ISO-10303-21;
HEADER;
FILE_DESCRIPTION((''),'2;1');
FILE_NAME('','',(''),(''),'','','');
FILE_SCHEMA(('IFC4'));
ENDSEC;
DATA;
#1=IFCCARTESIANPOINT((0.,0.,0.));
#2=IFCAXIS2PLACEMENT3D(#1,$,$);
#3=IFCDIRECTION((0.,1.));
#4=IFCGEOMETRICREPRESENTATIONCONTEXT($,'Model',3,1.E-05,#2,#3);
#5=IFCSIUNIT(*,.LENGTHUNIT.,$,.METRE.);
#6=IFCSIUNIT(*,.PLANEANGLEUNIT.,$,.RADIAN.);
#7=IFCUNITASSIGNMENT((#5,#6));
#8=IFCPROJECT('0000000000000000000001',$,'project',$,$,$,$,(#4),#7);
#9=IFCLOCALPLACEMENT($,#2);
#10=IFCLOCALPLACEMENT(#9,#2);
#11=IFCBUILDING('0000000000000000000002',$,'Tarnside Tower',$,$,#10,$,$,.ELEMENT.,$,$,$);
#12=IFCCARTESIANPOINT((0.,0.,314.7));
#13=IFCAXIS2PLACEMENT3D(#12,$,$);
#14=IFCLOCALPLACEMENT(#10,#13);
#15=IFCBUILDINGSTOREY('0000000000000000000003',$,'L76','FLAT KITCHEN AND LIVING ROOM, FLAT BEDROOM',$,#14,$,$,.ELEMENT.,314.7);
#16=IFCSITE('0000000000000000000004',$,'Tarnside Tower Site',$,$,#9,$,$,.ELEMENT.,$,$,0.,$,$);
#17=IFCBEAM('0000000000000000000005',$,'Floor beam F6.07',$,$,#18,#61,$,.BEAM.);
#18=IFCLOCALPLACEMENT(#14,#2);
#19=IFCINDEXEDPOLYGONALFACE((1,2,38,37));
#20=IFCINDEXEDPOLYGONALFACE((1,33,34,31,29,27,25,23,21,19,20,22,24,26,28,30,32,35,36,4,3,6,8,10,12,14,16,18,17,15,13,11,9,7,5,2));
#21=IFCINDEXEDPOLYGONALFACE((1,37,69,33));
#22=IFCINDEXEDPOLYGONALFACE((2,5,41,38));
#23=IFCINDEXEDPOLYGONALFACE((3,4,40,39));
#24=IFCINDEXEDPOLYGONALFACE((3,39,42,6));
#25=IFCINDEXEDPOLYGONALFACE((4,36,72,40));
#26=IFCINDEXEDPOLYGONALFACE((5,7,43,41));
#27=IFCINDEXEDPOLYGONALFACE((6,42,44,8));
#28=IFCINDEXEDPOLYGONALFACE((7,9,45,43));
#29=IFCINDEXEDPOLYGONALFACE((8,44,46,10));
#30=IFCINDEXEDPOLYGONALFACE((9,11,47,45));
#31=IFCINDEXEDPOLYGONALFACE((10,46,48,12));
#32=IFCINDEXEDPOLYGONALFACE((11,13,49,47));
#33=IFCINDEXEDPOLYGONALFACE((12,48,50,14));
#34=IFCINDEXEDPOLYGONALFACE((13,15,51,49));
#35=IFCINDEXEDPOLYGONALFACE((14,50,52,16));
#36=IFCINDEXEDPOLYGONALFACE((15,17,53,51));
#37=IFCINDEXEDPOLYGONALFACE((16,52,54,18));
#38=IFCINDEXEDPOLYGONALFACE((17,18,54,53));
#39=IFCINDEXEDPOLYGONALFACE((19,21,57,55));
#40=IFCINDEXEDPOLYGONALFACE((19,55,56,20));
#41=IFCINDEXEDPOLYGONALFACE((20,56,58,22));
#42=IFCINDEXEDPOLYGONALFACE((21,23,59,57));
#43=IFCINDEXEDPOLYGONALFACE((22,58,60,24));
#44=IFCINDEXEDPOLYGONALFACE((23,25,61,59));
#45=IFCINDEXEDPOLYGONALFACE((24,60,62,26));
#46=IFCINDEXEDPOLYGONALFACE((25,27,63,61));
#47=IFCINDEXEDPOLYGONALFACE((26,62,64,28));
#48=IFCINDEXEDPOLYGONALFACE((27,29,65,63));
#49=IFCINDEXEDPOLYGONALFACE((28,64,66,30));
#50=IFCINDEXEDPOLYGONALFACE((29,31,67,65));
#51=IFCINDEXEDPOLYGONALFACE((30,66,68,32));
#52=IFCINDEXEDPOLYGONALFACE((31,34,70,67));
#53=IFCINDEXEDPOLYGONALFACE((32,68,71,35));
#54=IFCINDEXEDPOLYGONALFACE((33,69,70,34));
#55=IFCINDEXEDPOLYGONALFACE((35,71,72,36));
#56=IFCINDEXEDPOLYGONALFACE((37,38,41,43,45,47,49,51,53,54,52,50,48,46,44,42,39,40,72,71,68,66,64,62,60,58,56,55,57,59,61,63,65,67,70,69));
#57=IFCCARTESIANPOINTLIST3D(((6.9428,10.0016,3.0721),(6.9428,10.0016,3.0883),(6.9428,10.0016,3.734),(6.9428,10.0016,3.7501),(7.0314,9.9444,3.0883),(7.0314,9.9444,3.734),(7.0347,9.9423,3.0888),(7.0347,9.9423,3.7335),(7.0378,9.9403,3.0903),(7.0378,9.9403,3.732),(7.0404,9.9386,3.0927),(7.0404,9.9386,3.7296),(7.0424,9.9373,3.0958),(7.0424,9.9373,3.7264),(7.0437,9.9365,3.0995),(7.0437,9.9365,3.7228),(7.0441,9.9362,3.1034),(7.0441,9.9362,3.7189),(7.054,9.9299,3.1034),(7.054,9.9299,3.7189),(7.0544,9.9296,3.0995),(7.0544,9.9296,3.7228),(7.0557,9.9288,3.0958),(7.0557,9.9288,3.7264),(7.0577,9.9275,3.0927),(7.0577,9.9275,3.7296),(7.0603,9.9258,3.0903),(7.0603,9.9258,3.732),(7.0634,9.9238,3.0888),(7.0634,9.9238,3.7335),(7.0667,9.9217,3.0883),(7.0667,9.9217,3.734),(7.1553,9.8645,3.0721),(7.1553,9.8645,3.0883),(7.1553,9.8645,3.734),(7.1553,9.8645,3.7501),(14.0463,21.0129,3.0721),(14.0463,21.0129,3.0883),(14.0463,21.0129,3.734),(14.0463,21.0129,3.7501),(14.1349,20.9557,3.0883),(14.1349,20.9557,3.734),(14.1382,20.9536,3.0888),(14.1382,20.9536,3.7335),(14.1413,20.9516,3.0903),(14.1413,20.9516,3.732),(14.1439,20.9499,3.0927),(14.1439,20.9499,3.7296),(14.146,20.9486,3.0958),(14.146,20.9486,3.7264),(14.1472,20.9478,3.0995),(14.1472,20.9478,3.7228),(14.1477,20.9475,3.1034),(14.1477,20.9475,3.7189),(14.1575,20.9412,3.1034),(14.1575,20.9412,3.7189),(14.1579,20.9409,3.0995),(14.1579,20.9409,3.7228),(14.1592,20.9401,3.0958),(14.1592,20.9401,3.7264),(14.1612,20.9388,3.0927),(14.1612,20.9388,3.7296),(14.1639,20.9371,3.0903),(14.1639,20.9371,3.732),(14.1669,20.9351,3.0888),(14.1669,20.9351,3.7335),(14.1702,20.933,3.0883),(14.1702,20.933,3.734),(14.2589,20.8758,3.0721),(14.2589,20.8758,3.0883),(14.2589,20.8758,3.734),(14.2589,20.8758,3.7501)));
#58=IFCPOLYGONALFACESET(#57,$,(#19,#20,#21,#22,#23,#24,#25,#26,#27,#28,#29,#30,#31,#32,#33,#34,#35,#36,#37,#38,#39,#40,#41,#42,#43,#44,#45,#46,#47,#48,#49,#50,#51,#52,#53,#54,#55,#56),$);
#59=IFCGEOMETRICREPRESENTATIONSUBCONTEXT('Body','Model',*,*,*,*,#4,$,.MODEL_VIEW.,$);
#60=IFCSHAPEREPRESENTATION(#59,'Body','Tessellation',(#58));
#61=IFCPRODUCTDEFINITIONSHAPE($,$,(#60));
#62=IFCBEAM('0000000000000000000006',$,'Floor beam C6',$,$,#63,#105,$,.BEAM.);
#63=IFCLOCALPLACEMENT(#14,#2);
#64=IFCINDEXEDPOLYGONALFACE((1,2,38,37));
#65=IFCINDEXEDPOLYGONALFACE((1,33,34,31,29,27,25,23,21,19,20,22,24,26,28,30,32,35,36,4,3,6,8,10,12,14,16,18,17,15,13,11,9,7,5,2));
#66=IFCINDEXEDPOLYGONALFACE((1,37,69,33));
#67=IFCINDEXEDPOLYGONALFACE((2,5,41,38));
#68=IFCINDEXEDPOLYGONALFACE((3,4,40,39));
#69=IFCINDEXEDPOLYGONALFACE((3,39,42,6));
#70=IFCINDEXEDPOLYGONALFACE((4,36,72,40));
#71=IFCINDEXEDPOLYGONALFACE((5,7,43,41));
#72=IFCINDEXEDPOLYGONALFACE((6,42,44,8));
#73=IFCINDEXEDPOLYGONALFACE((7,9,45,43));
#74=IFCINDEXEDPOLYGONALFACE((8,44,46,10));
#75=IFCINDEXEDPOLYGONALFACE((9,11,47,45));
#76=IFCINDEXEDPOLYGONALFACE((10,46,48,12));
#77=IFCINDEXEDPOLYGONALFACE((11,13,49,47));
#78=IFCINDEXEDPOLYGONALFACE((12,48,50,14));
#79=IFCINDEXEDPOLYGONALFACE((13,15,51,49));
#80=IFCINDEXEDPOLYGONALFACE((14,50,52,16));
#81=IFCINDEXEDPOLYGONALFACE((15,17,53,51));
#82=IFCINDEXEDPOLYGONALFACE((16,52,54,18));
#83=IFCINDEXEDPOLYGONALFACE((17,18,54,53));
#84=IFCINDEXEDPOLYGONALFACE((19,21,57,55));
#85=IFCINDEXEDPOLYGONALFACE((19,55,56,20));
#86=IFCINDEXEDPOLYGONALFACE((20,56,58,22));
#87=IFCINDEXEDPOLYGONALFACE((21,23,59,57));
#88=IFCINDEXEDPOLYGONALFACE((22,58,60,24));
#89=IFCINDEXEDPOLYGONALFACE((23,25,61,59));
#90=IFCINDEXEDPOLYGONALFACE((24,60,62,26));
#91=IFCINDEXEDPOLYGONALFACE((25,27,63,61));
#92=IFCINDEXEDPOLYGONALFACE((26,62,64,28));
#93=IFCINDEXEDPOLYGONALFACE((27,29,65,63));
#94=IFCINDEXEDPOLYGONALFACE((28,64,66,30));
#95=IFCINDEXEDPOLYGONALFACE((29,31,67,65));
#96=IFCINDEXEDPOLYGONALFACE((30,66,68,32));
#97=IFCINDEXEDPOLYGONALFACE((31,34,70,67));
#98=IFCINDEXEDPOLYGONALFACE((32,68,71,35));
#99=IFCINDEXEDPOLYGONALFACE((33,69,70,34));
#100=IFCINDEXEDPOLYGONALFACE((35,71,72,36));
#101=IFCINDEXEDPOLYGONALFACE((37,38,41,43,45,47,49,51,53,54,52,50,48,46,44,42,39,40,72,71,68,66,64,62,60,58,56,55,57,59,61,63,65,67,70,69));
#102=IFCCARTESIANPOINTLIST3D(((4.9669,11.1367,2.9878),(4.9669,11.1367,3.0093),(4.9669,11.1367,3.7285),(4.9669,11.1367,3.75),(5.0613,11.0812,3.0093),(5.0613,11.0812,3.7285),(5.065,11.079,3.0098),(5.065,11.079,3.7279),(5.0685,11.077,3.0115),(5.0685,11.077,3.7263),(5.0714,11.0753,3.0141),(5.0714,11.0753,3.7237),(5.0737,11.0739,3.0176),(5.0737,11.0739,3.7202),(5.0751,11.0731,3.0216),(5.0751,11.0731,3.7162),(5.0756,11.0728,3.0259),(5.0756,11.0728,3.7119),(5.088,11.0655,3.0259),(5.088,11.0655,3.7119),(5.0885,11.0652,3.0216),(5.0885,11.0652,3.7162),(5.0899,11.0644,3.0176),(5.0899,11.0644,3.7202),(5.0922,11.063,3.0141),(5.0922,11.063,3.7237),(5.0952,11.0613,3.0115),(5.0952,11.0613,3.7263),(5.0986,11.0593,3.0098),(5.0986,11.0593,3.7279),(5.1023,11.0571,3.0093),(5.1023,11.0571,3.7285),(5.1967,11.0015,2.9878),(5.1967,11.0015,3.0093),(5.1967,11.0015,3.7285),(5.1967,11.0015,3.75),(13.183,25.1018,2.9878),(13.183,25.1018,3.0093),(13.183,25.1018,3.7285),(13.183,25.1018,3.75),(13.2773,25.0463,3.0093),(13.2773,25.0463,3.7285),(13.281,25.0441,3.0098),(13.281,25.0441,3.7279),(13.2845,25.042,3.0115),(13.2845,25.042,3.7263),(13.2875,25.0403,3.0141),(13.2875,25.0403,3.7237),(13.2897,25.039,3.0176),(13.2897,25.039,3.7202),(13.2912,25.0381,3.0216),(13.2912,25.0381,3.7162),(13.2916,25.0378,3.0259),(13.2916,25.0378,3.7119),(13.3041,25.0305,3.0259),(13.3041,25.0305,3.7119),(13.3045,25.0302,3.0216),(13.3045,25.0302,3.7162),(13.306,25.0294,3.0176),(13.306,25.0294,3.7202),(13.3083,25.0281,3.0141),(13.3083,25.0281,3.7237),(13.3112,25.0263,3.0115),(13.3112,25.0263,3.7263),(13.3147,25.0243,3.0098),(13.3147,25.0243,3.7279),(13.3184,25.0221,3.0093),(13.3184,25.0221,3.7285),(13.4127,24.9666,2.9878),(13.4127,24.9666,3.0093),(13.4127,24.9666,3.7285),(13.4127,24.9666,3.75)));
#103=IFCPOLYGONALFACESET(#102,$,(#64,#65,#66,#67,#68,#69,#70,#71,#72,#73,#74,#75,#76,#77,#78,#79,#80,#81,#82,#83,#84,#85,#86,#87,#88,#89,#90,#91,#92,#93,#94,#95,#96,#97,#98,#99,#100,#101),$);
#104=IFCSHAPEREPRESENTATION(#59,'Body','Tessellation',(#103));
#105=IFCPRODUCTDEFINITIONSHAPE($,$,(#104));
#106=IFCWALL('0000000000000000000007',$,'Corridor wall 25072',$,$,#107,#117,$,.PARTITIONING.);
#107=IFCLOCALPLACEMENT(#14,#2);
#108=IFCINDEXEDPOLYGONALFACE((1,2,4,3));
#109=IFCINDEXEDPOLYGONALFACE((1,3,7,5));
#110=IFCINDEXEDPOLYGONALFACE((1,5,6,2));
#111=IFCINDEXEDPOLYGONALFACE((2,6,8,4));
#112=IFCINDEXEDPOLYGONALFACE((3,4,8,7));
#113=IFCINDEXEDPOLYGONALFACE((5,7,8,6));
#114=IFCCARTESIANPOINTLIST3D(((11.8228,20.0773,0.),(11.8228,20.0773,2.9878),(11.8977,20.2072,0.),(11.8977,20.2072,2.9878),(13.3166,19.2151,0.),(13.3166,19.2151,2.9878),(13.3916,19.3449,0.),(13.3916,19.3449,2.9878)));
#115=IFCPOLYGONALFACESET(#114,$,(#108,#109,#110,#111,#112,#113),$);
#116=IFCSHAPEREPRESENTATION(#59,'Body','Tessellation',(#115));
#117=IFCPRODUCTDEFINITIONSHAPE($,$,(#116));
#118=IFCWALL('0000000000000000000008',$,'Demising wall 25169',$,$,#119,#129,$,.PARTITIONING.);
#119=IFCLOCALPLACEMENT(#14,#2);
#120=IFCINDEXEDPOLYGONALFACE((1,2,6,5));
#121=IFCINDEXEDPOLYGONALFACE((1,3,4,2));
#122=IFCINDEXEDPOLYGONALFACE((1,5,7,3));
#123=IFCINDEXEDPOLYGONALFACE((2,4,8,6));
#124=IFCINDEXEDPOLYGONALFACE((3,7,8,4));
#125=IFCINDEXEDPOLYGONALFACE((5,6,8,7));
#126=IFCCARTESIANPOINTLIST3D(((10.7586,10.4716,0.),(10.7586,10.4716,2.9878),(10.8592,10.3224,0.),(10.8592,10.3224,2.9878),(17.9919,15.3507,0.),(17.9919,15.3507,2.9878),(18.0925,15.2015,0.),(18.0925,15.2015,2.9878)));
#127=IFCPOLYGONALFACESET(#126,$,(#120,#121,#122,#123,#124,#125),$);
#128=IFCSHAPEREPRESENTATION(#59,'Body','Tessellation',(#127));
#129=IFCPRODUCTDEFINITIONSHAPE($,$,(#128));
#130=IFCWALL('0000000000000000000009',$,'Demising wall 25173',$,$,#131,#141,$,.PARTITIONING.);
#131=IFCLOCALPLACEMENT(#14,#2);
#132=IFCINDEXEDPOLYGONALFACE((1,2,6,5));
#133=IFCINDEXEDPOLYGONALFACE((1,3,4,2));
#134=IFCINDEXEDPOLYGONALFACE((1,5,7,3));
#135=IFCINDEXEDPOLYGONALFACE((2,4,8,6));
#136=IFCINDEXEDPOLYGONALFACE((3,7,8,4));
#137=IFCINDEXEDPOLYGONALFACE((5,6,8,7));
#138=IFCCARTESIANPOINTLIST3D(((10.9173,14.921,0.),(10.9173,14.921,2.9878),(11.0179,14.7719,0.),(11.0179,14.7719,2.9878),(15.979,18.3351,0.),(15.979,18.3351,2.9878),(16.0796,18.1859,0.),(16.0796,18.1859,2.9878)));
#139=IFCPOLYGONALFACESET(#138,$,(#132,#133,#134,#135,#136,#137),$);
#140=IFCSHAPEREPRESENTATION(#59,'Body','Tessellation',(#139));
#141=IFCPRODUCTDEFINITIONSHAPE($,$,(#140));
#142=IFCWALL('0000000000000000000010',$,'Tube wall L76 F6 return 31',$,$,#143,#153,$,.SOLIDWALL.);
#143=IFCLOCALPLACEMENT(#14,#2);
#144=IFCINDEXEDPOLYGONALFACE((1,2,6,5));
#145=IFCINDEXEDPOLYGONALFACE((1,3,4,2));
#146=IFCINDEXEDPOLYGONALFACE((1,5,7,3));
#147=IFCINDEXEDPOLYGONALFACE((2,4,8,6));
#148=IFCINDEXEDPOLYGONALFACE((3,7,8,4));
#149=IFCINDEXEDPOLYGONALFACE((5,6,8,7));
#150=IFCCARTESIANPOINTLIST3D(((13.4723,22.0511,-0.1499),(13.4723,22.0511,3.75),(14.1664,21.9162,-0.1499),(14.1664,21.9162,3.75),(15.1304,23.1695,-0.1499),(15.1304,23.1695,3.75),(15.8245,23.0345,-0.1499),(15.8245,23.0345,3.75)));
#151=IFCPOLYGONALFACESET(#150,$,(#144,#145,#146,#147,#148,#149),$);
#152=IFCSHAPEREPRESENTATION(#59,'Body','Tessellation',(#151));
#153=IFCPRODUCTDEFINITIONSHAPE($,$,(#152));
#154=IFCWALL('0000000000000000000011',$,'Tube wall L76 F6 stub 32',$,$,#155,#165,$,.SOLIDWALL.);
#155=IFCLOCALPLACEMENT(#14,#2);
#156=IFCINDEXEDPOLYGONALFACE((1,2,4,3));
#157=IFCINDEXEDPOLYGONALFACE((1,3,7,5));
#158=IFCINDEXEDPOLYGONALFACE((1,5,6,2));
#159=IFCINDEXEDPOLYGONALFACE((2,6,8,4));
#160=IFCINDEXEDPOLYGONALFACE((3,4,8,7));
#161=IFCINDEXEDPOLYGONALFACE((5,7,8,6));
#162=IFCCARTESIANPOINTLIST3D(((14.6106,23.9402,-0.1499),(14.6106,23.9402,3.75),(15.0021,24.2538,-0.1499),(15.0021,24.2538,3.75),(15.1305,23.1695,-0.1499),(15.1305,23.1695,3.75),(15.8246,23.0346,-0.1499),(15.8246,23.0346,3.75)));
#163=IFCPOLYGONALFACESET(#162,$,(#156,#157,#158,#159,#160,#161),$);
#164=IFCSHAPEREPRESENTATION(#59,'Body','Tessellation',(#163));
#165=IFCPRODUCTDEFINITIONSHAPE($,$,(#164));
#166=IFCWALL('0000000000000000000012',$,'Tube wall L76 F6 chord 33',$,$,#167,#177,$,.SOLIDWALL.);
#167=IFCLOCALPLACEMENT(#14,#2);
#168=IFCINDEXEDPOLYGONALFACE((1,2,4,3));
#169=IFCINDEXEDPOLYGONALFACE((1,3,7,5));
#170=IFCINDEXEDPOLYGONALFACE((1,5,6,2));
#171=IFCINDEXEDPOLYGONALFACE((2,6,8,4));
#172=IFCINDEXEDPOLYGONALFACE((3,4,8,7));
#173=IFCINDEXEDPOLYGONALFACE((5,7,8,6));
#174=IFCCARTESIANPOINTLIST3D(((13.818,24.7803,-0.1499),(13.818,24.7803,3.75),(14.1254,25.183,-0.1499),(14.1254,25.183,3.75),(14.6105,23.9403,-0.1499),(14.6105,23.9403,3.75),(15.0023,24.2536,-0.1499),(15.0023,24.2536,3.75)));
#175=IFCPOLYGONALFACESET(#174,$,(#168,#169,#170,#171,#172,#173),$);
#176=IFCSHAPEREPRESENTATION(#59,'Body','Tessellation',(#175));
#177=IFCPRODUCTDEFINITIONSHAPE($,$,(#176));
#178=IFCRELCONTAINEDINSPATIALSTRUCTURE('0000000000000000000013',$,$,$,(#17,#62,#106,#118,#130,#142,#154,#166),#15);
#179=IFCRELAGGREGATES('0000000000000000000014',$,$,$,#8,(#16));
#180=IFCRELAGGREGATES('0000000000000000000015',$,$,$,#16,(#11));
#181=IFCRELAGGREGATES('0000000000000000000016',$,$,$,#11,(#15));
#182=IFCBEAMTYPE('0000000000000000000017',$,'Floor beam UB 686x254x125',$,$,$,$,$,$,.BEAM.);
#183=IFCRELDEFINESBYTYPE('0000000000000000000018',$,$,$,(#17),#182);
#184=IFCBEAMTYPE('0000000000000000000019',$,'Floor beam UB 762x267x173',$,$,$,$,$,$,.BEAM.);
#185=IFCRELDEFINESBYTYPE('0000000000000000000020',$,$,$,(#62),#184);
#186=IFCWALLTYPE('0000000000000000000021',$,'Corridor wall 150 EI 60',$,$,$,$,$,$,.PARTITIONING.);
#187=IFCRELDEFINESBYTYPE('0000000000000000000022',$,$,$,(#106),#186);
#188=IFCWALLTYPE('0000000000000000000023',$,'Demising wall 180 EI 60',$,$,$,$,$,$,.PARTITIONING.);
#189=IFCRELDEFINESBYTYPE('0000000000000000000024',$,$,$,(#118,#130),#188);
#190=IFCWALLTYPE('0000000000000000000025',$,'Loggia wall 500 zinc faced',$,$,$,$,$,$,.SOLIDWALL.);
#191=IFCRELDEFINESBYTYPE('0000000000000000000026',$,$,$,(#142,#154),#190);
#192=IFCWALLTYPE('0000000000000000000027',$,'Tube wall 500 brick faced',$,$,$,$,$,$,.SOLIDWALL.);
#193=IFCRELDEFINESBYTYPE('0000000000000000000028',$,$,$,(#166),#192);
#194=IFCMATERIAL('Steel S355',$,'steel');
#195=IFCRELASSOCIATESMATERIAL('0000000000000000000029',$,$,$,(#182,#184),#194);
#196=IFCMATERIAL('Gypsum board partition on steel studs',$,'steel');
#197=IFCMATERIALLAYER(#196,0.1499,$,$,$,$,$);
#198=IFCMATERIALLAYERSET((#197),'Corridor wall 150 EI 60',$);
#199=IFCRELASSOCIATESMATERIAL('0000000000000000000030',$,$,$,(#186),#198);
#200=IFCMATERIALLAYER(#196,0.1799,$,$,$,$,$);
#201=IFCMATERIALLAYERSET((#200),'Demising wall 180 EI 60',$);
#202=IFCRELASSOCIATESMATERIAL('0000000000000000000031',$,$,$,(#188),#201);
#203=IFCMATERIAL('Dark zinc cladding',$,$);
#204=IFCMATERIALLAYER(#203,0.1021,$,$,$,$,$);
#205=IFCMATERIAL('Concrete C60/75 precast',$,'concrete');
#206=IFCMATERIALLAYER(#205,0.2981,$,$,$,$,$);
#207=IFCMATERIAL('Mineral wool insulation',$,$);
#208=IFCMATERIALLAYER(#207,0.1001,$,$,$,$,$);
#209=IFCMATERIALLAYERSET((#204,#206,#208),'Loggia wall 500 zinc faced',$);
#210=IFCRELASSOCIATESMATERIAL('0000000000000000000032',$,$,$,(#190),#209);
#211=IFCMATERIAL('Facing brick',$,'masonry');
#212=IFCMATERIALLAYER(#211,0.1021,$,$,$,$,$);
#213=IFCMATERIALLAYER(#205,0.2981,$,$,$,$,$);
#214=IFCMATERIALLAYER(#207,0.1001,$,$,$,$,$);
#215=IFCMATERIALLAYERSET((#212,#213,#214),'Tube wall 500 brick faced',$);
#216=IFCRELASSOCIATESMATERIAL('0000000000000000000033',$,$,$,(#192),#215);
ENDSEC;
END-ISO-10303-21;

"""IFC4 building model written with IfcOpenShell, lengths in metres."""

from ifc_helpers import new_model, si_unit, direction, frame, frame_2d, origin, origin_2d, place, context, subcontext, project, spatial, polyline, rectangle, i_section, outline, extrude, material, layer, layer_set, material_profile, profile_set, type_object, element, save


model = new_model("IFC4")

# Units and contexts
model_context = context("Model", 3, precision=1e-05, world=origin(), true_north=direction((0.0, 1.0)))
body_context = subcontext(model_context, "Body", "Model", "MODEL_VIEW")
ifc_project = project(units=[si_unit("LENGTHUNIT", "METRE"), si_unit("PLANEANGLEUNIT", "RADIAN")], contexts=[model_context])

# Site, building, storey
site_placement = place(None, origin())
site = spatial("IfcSite", under=ifc_project, at=site_placement, Name="Tarnside Tower Site", CompositionType="ELEMENT", RefElevation=0.0)
building_placement = place(site_placement, origin())
building = spatial("IfcBuilding", under=site, at=building_placement, Name="Tarnside Tower", CompositionType="ELEMENT")
storey_placement = place(building_placement, frame((0.0, 0.0, 314.7)))
storey = spatial("IfcBuildingStorey", under=building, at=storey_placement, Name="L76", Description="FLAT KITCHEN AND LIVING ROOM, FLAT BEDROOM", CompositionType="ELEMENT", Elevation=314.7)

# Beams
ifc_material_1 = material(Name="Steel S355", Category="steel")
ifc_material_profile_1 = material_profile(ifc_material_1, i_section(OverallWidth=0.2529, OverallDepth=0.678, WebThickness=0.0117, FlangeThickness=0.0161, FilletRadius=0.0151, at=origin_2d()), Name="UB 686x254x125")
ifc_profile_set_1 = profile_set([ifc_material_profile_1], Name="Steel S355")
beam_type_1 = type_object("IfcBeamType", Name="Floor beam UB 686x254x125", PredefinedType="BEAM", material=ifc_profile_set_1)
beam_1_placement = place(storey_placement, frame((14.1526, 20.9443, 3.4111), z_axis=(-0.5421, -0.840314, 0.0), x_axis=(0.840314, -0.5421, 0.0)))
element("IfcBeam", 1, at=beam_1_placement, inside=storey, type_object=beam_type_1, Name="Floor beam F6.07", PredefinedType="BEAM", context=body_context, shape_type="SweptSolid", body=[
    extrude(i_section(OverallWidth=0.2529, OverallDepth=0.678, WebThickness=0.0117, FlangeThickness=0.0161, FilletRadius=0.0151, at=origin_2d()), origin(), (0.0, 0.0, 1.0), 13.1038),
])
ifc_material_profile_2 = material_profile(ifc_material_1, i_section(OverallWidth=0.2666, OverallDepth=0.7622, WebThickness=0.0144, FlangeThickness=0.0215, FilletRadius=0.0166, at=origin_2d()), Name="UB 762x267x173")
ifc_profile_set_2 = profile_set([ifc_material_profile_2], Name="Steel S355")
beam_type_2 = type_object("IfcBeamType", Name="Floor beam UB 762x267x173", PredefinedType="BEAM", material=ifc_profile_set_2)
beam_2_placement = place(storey_placement, frame((13.2979, 25.0342, 3.3689), z_axis=(-0.50708, -0.861899, 0.0), x_axis=(0.861899, -0.50708, 0.0)))
element("IfcBeam", 2, at=beam_2_placement, inside=storey, type_object=beam_type_2, Name="Floor beam C6", PredefinedType="BEAM", context=body_context, shape_type="SweptSolid", body=[
    extrude(i_section(OverallWidth=0.2666, OverallDepth=0.7622, WebThickness=0.0144, FlangeThickness=0.0215, FilletRadius=0.0166, at=origin_2d()), origin(), (0.0, 0.0, 1.0), 16.2026),
])

# Walls
ifc_material_2 = material(Name="Gypsum board partition on steel studs", Category="steel")
ifc_layer_1 = layer(ifc_material_2, 0.1499)
ifc_layer_set_1 = layer_set([ifc_layer_1], Name="Corridor wall 150 EI 60")
wall_type_1 = type_object("IfcWallType", Name="Corridor wall 150 EI 60", PredefinedType="PARTITIONING", material=ifc_layer_set_1)
wall_1_placement = place(storey_placement, frame((13.354, 19.28, 0.0), z_axis=(0.0, 0.0, 1.0), x_axis=(-0.866075, 0.499914, 0.0)))
element("IfcWall", 3, at=wall_1_placement, inside=storey, type_object=wall_type_1, Name="Corridor wall 25072", PredefinedType="PARTITIONING", context=body_context, shape_type="SweptSolid", body=[
    extrude(rectangle(XDim=1.7249, YDim=0.1499, at=frame_2d((0.8623, 0.0))), origin(), (0.0, 0.0, 1.0), 2.9878),
])
ifc_layer_2 = layer(ifc_material_2, 0.1799)
ifc_layer_set_2 = layer_set([ifc_layer_2], Name="Demising wall 180 EI 60")
wall_type_2 = type_object("IfcWallType", Name="Demising wall 180 EI 60", PredefinedType="PARTITIONING", material=ifc_layer_set_2)
wall_2_placement = place(storey_placement, frame((18.0422, 15.2761, 0.0), z_axis=(0.0, 0.0, 1.0), x_axis=(-0.829029, -0.559206, 0.0)))
element("IfcWall", 4, at=wall_2_placement, inside=storey, type_object=wall_type_2, Name="Demising wall 25169", PredefinedType="PARTITIONING", context=body_context, shape_type="SweptSolid", body=[
    extrude(rectangle(XDim=8.7251, YDim=0.1799, at=frame_2d((4.3625, 0.0))), origin(), (0.0, 0.0, 1.0), 2.9878),
])
wall_3_placement = place(storey_placement, frame((16.0293, 18.2605, 0.0), z_axis=(0.0, 0.0, 1.0), x_axis=(-0.829048, -0.559177, 0.0)))
element("IfcWall", 5, at=wall_3_placement, inside=storey, type_object=wall_type_2, Name="Demising wall 25173", PredefinedType="PARTITIONING", context=body_context, shape_type="SweptSolid", body=[
    extrude(rectangle(XDim=6.1055, YDim=0.1799, at=frame_2d((3.0527, 0.0))), origin(), (0.0, 0.0, 1.0), 2.9878),
])
ifc_material_3 = material(Name="Dark zinc cladding")
ifc_layer_3 = layer(ifc_material_3, 0.1021)
ifc_material_4 = material(Name="Concrete C60/75 precast", Category="concrete")
ifc_layer_4 = layer(ifc_material_4, 0.2981)
ifc_material_5 = material(Name="Mineral wool insulation")
ifc_layer_5 = layer(ifc_material_5, 0.1001)
ifc_layer_set_3 = layer_set([ifc_layer_3, ifc_layer_4, ifc_layer_5], Name="Loggia wall 500 zinc faced")
wall_type_3 = type_object("IfcWallType", Name="Loggia wall 500 zinc faced", PredefinedType="SOLIDWALL", material=ifc_layer_set_3)
wall_4_placement = place(storey_placement, frame((13.8193, 21.9836, -0.1499), z_axis=(0.0, 0.0, 1.0), x_axis=(0.829052, 0.559171, 0.0)))
element("IfcWall", 6, at=wall_4_placement, inside=storey, type_object=wall_type_3, Name="Tube wall L76 F6 return 31", PredefinedType="SOLIDWALL", context=body_context, shape_type="SweptSolid", body=[
    extrude(outline(polyline([(0.25, -0.25), (2.25, -0.25), (1.75, 0.25), (-0.25, 0.25), (0.25, -0.25)])), origin(), (0.0, 0.0, 1.0), 3.8999),
])
wall_5_placement = place(storey_placement, frame((15.4775, 23.1021, -0.1499), z_axis=(0.0, 0.0, 1.0), x_axis=(-0.559246, 0.829002, 0.0)))
element("IfcWall", 7, at=wall_5_placement, inside=storey, type_object=wall_type_3, Name="Tube wall L76 F6 stub 32", PredefinedType="SOLIDWALL", context=body_context, shape_type="SweptSolid", body=[
    extrude(outline(polyline([(-0.25, -0.25), (1.2207, -0.25), (1.1797, 0.25), (0.25, 0.25), (-0.25, -0.25)])), origin(), (0.0, 0.0, 1.0), 3.8999),
])
ifc_material_6 = material(Name="Facing brick", Category="masonry")
ifc_layer_6 = layer(ifc_material_6, 0.1021)
ifc_layer_7 = layer(ifc_material_4, 0.2981)
ifc_layer_8 = layer(ifc_material_5, 0.1001)
ifc_layer_set_4 = layer_set([ifc_layer_6, ifc_layer_7, ifc_layer_8], Name="Tube wall 500 brick faced")
wall_type_4 = type_object("IfcWallType", Name="Tube wall 500 brick faced", PredefinedType="SOLIDWALL", material=ifc_layer_set_4)
wall_6_placement = place(storey_placement, frame((14.8064, 24.0969, -0.1499), z_axis=(0.0, 0.0, 1.0), x_axis=(-0.686234, 0.72738, 0.0)))
element("IfcWall", 8, at=wall_6_placement, inside=storey, type_object=wall_type_4, Name="Tube wall L76 F6 chord 33", PredefinedType="SOLIDWALL", context=body_context, shape_type="SweptSolid", body=[
    extrude(outline(polyline([(-0.0205, -0.25), (1.2573, -0.25), (1.1753, 0.25), (0.0205, 0.25), (-0.0205, -0.25)])), origin(), (0.0, 0.0, 1.0), 3.8999),
])

save(model, "model.ifc")
